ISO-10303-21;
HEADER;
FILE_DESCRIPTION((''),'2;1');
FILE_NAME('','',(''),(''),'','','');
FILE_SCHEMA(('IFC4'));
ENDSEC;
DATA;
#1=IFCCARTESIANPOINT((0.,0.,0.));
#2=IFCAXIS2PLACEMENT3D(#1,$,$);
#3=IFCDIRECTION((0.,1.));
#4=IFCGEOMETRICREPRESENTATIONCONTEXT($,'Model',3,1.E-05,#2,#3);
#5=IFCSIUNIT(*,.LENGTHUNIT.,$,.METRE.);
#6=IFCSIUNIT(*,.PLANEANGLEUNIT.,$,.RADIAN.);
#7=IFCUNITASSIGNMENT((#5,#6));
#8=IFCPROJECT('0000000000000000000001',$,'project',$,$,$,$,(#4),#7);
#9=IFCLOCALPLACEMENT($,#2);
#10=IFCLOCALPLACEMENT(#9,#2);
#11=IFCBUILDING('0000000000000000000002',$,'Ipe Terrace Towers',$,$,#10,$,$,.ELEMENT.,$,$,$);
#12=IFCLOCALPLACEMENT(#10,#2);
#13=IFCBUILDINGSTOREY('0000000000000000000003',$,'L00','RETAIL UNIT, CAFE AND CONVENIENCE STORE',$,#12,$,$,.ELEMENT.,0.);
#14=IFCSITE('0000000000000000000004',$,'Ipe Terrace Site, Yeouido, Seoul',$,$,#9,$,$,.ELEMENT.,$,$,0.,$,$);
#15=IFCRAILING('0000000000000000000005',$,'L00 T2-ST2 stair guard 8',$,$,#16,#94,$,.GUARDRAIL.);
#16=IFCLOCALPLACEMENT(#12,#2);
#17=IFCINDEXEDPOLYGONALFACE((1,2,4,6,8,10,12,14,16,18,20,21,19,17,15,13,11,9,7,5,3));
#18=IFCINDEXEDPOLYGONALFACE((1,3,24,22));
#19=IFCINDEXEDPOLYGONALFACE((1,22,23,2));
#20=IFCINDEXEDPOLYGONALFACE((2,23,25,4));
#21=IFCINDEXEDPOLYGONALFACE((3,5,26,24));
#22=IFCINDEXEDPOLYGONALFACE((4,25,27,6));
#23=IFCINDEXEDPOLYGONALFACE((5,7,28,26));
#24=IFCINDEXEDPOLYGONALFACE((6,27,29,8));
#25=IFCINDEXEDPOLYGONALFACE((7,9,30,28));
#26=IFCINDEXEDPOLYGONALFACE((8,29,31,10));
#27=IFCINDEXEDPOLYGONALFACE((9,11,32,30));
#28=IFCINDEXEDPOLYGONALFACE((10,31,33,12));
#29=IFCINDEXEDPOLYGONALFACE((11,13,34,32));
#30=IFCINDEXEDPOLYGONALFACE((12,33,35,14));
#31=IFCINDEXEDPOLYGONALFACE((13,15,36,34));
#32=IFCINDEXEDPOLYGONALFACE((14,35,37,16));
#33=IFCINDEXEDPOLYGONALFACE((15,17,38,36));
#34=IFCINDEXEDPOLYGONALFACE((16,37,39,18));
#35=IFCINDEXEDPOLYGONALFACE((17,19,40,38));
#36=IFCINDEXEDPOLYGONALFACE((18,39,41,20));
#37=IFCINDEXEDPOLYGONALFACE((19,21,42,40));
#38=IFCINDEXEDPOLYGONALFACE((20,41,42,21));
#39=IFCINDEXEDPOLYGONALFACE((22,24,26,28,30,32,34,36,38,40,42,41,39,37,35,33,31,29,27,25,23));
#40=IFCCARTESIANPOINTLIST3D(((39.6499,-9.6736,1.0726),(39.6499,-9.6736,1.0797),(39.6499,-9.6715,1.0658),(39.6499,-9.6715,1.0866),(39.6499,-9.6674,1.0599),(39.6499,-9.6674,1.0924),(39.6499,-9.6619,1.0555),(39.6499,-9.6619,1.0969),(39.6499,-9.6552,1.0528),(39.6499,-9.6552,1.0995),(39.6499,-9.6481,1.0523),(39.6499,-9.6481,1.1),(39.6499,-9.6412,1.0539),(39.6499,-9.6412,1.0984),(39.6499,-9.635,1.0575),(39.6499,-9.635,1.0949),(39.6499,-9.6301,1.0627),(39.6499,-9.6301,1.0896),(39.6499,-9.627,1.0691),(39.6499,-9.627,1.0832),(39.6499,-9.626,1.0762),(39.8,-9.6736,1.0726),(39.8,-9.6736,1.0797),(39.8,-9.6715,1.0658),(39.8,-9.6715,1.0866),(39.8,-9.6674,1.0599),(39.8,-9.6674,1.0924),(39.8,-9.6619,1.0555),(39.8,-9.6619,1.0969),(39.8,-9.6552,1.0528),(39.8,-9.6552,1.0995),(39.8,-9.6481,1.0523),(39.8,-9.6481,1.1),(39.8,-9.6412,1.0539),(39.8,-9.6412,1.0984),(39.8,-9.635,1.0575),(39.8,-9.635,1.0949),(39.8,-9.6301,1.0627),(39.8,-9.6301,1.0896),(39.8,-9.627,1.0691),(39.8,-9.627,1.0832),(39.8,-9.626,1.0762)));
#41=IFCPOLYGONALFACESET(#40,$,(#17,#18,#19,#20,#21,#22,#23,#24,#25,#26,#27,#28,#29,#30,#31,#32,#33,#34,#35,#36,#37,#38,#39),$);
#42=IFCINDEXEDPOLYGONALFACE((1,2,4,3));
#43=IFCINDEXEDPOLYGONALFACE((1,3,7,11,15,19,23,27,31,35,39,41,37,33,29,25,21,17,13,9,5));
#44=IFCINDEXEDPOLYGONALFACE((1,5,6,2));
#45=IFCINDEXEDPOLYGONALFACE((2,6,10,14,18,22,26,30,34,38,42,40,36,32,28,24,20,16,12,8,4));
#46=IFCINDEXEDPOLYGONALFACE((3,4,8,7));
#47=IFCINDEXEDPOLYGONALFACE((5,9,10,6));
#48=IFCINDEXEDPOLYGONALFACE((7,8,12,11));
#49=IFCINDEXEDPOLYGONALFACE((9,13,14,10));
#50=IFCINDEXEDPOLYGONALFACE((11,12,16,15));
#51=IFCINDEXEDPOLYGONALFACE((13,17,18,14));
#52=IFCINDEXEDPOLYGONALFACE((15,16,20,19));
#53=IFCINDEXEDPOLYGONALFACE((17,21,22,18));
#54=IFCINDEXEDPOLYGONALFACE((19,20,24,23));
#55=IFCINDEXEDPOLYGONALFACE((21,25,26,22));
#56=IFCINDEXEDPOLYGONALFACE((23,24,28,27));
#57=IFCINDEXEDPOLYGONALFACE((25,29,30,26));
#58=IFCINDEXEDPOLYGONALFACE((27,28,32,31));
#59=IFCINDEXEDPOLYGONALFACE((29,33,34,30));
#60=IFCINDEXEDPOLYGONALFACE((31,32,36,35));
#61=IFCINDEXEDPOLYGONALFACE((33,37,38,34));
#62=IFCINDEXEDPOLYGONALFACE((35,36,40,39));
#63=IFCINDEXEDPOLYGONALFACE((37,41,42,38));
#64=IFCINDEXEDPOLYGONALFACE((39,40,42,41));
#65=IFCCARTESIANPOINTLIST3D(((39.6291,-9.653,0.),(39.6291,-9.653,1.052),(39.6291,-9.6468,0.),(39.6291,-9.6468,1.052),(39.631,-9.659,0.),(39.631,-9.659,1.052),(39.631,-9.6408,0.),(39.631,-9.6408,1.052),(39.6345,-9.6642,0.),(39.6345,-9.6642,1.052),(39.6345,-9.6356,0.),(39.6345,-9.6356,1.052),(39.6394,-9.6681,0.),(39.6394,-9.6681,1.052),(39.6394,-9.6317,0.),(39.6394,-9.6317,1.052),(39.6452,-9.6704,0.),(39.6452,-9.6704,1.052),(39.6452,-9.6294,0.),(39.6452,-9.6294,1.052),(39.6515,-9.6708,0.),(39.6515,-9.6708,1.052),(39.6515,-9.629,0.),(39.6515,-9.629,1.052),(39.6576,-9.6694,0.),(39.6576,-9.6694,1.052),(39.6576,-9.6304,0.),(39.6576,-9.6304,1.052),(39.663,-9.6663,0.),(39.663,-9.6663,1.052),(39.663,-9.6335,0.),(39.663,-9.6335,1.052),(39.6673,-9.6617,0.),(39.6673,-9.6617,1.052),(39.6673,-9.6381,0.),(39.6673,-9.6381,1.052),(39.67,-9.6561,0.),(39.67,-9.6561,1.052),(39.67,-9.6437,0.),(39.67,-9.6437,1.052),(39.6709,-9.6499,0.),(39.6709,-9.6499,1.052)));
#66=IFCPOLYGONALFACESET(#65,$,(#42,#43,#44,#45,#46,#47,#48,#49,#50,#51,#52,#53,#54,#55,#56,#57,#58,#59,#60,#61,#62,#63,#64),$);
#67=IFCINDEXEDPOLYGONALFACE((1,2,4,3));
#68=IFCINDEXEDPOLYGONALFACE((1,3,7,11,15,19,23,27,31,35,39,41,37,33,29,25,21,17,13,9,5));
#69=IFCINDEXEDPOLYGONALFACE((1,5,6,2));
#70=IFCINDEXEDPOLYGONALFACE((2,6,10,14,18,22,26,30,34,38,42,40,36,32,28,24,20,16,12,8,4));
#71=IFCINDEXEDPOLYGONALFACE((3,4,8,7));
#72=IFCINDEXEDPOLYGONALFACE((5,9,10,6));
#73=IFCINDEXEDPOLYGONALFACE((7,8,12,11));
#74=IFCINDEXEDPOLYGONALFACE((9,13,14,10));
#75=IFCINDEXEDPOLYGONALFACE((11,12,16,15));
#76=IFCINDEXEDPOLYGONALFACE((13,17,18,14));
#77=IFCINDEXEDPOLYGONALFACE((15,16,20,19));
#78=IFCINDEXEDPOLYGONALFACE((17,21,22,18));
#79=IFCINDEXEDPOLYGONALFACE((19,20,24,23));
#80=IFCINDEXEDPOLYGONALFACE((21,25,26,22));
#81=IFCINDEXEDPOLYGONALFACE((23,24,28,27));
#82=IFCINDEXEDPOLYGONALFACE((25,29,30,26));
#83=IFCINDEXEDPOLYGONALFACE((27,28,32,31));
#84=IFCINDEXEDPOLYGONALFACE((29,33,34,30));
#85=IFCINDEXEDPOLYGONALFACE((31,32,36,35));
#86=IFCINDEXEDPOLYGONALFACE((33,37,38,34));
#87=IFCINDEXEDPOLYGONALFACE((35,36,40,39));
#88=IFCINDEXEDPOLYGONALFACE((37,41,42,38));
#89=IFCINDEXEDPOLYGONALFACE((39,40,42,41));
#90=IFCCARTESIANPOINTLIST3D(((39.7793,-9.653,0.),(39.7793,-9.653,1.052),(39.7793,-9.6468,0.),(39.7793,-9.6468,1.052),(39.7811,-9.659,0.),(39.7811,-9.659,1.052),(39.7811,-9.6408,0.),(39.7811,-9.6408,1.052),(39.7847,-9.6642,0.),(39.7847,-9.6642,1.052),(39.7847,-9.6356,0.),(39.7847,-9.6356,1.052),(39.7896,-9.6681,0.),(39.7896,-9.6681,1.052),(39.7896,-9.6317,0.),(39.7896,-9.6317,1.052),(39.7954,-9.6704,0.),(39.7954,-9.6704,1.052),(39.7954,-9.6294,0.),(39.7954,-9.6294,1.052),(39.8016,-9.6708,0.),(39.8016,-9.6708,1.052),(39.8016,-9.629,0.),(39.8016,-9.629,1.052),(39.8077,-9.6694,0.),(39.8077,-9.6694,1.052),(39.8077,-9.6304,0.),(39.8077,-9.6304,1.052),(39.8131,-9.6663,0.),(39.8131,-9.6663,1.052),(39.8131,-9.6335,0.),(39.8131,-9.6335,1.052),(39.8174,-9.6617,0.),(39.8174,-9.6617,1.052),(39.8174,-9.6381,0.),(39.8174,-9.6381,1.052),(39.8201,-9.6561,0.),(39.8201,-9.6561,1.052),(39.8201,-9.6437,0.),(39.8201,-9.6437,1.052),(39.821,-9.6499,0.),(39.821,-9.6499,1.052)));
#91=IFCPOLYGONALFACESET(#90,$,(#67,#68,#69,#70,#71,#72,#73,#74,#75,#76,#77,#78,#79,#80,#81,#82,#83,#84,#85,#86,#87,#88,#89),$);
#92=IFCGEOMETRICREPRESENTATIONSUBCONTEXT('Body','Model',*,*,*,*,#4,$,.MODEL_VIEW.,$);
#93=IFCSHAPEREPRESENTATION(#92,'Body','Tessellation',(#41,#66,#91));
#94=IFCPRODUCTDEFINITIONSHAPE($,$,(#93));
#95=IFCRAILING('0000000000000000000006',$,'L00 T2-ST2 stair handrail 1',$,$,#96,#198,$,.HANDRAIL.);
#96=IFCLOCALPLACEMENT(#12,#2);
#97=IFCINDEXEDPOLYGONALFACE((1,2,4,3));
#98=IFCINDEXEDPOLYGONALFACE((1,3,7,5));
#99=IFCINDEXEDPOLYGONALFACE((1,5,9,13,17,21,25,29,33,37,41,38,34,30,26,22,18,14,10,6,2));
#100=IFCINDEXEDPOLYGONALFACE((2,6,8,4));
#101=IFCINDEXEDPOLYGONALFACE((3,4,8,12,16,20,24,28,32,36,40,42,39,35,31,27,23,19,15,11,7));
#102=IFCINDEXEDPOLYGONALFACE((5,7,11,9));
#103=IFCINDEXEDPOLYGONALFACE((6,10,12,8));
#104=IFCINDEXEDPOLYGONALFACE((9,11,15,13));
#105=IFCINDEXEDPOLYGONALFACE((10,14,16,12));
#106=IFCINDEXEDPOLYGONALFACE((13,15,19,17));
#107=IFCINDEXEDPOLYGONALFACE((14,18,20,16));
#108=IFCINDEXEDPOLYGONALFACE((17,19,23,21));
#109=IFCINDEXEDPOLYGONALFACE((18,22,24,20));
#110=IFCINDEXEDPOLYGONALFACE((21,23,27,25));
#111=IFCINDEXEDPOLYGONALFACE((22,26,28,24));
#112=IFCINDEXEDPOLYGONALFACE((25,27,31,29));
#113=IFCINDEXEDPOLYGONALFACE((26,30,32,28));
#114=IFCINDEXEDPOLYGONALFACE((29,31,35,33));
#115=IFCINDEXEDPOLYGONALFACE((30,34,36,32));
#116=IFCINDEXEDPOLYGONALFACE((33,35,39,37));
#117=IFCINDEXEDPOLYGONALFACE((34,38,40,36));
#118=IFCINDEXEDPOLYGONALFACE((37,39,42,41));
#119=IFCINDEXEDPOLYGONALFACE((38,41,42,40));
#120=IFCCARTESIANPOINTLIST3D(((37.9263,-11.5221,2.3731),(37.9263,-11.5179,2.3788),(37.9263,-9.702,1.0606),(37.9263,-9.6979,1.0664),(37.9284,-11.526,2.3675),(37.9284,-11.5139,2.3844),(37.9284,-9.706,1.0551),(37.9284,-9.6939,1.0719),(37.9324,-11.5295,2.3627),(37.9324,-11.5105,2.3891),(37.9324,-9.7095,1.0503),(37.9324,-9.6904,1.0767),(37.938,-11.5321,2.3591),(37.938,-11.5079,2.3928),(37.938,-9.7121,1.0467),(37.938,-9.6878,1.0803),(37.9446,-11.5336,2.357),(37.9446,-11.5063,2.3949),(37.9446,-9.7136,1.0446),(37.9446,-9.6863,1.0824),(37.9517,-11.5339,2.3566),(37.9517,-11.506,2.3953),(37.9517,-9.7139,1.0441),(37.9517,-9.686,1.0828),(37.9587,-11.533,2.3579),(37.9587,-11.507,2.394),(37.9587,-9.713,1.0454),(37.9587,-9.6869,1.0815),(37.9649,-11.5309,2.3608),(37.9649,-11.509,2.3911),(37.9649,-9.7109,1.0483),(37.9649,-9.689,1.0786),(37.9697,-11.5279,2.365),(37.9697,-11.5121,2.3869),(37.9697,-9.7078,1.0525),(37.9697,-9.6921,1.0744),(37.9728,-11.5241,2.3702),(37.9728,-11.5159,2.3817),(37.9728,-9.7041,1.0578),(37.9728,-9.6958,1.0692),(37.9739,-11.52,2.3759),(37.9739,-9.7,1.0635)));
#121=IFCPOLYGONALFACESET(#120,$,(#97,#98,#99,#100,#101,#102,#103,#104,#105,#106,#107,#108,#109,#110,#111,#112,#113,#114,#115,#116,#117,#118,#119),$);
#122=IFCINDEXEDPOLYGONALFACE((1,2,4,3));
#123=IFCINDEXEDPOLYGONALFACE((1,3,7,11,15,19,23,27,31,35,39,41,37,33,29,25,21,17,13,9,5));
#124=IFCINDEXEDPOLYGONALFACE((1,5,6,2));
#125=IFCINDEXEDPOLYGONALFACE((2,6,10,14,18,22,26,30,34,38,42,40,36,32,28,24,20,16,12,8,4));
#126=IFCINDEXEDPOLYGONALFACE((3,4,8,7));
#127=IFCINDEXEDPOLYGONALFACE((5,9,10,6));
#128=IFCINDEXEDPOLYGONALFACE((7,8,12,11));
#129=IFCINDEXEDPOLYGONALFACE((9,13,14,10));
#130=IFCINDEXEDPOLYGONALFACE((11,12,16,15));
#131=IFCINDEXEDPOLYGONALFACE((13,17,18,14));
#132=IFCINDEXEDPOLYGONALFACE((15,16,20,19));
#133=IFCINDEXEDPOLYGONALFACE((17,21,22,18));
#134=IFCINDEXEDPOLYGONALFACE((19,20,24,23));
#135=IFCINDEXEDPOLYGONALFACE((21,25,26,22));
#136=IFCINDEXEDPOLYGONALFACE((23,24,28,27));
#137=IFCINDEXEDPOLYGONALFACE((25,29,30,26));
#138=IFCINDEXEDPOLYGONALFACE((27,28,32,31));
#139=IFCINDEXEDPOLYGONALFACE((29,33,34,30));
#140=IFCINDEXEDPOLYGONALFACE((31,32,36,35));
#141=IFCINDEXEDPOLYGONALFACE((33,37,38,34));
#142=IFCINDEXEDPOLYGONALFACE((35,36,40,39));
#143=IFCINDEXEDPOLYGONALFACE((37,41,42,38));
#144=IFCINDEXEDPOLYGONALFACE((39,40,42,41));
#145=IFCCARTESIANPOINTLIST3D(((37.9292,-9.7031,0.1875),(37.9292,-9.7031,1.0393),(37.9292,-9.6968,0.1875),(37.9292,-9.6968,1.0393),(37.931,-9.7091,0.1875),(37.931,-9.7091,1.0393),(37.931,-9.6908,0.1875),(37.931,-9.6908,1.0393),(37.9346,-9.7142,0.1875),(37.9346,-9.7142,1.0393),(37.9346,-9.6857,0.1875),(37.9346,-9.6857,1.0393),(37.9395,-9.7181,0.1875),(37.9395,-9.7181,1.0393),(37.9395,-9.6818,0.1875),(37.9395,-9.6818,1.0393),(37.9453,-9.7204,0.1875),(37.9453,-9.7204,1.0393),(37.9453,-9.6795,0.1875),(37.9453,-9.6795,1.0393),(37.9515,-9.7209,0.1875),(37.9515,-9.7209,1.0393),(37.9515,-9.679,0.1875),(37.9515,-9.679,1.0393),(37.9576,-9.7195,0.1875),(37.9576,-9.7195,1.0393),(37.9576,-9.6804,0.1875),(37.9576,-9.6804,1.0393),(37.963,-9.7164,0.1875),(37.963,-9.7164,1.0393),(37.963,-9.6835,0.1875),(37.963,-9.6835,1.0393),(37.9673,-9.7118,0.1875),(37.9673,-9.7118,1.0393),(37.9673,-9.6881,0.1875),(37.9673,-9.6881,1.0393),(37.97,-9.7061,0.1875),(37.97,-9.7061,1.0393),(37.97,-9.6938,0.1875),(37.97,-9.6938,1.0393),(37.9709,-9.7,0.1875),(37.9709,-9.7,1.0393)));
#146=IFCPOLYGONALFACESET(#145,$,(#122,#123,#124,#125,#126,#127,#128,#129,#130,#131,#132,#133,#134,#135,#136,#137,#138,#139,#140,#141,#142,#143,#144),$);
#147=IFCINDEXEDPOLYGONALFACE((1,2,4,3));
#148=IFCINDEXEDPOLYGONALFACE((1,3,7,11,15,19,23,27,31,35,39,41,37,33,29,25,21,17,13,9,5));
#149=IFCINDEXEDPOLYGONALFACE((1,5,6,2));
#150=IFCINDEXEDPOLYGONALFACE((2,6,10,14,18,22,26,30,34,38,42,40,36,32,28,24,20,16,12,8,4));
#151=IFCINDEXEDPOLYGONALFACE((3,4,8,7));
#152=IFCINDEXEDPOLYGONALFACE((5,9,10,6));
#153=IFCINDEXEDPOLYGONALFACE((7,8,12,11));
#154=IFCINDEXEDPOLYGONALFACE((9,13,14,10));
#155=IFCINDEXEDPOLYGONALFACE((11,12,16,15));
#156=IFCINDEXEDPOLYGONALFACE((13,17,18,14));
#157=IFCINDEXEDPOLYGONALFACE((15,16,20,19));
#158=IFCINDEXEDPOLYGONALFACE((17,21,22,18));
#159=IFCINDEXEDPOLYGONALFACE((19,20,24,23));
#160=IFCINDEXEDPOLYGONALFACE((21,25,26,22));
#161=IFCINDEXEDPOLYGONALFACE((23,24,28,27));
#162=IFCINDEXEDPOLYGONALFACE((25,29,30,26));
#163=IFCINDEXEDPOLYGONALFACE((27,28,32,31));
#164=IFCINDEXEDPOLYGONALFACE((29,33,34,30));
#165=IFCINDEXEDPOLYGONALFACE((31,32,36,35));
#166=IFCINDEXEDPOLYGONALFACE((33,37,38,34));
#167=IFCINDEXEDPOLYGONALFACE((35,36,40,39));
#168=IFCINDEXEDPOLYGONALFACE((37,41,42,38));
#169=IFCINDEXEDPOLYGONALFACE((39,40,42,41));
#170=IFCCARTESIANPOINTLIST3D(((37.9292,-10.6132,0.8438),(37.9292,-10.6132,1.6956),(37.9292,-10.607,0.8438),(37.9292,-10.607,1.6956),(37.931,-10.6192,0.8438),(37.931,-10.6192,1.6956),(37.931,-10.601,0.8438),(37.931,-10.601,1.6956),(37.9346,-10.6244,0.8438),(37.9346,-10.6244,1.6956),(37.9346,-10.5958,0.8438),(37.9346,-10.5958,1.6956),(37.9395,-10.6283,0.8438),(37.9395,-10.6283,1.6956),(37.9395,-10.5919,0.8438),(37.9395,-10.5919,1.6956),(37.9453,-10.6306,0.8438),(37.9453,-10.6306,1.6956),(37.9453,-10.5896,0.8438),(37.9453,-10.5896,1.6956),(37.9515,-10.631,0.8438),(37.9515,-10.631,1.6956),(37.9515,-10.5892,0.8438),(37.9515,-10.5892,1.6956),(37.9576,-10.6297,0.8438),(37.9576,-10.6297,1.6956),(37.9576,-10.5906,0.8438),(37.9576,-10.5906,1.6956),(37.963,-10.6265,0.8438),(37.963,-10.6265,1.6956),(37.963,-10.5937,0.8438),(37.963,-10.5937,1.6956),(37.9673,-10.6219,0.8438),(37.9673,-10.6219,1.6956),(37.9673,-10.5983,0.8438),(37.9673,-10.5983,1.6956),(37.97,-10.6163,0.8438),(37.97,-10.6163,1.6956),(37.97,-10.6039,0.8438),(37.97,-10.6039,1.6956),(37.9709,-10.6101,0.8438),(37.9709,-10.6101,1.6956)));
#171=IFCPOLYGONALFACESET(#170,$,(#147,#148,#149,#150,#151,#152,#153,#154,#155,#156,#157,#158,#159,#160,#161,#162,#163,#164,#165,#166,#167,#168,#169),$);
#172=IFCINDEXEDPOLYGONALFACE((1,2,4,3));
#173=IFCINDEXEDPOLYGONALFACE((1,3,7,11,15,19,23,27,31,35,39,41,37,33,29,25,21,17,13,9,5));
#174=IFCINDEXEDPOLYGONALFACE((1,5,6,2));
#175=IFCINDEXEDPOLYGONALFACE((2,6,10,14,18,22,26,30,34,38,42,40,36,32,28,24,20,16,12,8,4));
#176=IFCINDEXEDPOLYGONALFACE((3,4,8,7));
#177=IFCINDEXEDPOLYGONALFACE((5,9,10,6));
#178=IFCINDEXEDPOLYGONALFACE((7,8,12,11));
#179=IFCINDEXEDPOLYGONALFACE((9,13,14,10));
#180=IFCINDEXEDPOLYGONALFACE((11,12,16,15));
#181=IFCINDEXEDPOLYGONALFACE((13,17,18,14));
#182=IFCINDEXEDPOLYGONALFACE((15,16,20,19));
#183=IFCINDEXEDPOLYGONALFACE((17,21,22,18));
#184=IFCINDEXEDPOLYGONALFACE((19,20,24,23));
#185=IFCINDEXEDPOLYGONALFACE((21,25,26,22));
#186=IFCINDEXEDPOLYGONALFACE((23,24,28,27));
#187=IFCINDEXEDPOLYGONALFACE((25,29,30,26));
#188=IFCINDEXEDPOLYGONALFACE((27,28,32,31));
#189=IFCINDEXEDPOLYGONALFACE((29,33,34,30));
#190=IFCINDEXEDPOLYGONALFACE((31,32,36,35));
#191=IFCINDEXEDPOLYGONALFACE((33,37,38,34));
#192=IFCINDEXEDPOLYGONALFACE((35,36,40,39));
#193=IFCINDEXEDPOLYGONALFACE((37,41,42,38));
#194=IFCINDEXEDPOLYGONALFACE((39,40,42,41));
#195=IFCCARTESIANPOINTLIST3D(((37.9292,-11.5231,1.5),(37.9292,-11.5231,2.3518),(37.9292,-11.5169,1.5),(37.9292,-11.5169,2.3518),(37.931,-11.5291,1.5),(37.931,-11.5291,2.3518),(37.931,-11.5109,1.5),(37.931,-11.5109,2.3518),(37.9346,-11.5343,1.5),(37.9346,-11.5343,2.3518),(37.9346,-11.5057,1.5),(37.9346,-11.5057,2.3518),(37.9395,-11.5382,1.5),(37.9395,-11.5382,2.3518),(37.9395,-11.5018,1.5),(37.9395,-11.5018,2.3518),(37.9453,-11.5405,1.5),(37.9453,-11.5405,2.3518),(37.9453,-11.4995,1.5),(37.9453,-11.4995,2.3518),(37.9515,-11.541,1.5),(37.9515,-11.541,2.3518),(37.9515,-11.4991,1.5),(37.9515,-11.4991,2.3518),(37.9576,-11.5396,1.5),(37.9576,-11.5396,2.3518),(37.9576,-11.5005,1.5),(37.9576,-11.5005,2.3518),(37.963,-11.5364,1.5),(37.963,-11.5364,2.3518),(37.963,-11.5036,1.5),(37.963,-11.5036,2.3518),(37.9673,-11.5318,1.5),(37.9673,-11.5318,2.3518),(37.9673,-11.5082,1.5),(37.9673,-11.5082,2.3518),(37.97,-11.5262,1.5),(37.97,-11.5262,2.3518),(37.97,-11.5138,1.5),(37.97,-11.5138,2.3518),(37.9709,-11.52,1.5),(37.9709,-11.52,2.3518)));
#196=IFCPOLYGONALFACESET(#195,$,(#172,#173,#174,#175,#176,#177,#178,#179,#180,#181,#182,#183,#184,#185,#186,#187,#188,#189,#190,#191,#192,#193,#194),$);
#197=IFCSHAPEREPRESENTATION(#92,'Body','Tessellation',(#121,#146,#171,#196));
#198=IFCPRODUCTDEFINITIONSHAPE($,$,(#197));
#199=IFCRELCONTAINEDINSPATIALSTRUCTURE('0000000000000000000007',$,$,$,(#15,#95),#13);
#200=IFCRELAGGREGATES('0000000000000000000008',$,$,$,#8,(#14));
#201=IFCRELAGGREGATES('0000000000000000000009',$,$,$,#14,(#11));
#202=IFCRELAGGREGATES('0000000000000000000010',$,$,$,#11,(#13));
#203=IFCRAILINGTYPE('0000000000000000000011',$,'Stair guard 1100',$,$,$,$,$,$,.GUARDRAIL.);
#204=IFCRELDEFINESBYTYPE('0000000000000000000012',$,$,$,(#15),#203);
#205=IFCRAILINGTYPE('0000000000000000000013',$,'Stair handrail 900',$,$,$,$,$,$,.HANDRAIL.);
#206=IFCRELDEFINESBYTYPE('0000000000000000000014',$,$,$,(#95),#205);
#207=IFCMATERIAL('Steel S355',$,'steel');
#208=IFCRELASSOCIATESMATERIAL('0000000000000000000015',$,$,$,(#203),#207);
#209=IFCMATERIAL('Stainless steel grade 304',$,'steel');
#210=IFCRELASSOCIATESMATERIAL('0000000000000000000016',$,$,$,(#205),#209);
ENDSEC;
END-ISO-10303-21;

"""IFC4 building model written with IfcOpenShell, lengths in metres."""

from ifc_helpers import new_model, si_unit, direction, frame, origin, origin_2d, place, context, subcontext, project, spatial, circle, extrude, material, type_object, element, save


model = new_model("IFC4")

# Units and contexts
model_context = context("Model", 3, precision=1e-05, world=origin(), true_north=direction((0.0, 1.0)))
body_context = subcontext(model_context, "Body", "Model", "MODEL_VIEW")
ifc_project = project(units=[si_unit("LENGTHUNIT", "METRE"), si_unit("PLANEANGLEUNIT", "RADIAN")], contexts=[model_context])

# Site, building, storey
site_placement = place(None, origin())
site = spatial("IfcSite", under=ifc_project, at=site_placement, Name="Ipe Terrace Site, Yeouido, Seoul", CompositionType="ELEMENT", RefElevation=0.0)
building_placement = place(site_placement, origin())
building = spatial("IfcBuilding", under=site, at=building_placement, Name="Ipe Terrace Towers", CompositionType="ELEMENT")
storey_placement = place(building_placement, origin())
storey = spatial("IfcBuildingStorey", under=building, at=storey_placement, Name="L00", Description="RETAIL UNIT, CAFE AND CONVENIENCE STORE", CompositionType="ELEMENT", Elevation=0.0)

# Railings
ifc_material_1 = material(Name="Steel S355", Category="steel")
railing_type_1 = type_object("IfcRailingType", Name="Stair guard 1100", PredefinedType="GUARDRAIL", material=ifc_material_1)
railing_1_placement = place(storey_placement, frame((39.6499, -9.6499, 0.0)))
element("IfcRailing", 1, at=railing_1_placement, inside=storey, type_object=railing_type_1, Name="L00 T2-ST2 stair guard 8", PredefinedType="GUARDRAIL", context=body_context, shape_type="SweptSolid", body=[
    extrude(circle(Radius=0.0239, at=origin_2d()), frame((0.0, 0.0, 1.0762), z_axis=(1.0, 0.0, 0.0), x_axis=(0.0, 1.0, 0.0)), (0.0, 0.0, 1.0), 0.1501),
    extrude(circle(Radius=0.021, at=origin_2d()), origin(), (0.0, 0.0, 1.0), 1.052),
    extrude(circle(Radius=0.021, at=origin_2d()), frame((0.1501, 0.0, 0.0)), (0.0, 0.0, 1.0), 1.052),
])
ifc_material_2 = material(Name="Stainless steel grade 304", Category="steel")
railing_type_2 = type_object("IfcRailingType", Name="Stair handrail 900", PredefinedType="HANDRAIL", material=ifc_material_2)
for number, where, name in (
    (2, (37.95, -9.7, 0.1875), "L00 T2-ST2 stair handrail 1"),
):
    element("IfcRailing", number, at=place(storey_placement, frame(where)), inside=storey, type_object=railing_type_2, Name=name, PredefinedType="HANDRAIL", context=body_context, shape_type="SweptSolid", body=[
        extrude(circle(Radius=0.0239, at=origin_2d()), frame((0.0, 0.0, 0.876), z_axis=(0.0, -0.811101, 0.584906), x_axis=(1.0, 0.0, 0.0)), (0.0, 0.0, 1.0), 2.2439),
        extrude(circle(Radius=0.021, at=origin_2d()), origin(), (0.0, 0.0, 1.0), 0.8518),
        extrude(circle(Radius=0.021, at=origin_2d()), frame((0.0, -0.9102, 0.6562)), (0.0, 0.0, 1.0), 0.8518),
        extrude(circle(Radius=0.021, at=origin_2d()), frame((0.0, -1.8201, 1.3125)), (0.0, 0.0, 1.0), 0.8518),
    ])

save(model, "model.ifc")
